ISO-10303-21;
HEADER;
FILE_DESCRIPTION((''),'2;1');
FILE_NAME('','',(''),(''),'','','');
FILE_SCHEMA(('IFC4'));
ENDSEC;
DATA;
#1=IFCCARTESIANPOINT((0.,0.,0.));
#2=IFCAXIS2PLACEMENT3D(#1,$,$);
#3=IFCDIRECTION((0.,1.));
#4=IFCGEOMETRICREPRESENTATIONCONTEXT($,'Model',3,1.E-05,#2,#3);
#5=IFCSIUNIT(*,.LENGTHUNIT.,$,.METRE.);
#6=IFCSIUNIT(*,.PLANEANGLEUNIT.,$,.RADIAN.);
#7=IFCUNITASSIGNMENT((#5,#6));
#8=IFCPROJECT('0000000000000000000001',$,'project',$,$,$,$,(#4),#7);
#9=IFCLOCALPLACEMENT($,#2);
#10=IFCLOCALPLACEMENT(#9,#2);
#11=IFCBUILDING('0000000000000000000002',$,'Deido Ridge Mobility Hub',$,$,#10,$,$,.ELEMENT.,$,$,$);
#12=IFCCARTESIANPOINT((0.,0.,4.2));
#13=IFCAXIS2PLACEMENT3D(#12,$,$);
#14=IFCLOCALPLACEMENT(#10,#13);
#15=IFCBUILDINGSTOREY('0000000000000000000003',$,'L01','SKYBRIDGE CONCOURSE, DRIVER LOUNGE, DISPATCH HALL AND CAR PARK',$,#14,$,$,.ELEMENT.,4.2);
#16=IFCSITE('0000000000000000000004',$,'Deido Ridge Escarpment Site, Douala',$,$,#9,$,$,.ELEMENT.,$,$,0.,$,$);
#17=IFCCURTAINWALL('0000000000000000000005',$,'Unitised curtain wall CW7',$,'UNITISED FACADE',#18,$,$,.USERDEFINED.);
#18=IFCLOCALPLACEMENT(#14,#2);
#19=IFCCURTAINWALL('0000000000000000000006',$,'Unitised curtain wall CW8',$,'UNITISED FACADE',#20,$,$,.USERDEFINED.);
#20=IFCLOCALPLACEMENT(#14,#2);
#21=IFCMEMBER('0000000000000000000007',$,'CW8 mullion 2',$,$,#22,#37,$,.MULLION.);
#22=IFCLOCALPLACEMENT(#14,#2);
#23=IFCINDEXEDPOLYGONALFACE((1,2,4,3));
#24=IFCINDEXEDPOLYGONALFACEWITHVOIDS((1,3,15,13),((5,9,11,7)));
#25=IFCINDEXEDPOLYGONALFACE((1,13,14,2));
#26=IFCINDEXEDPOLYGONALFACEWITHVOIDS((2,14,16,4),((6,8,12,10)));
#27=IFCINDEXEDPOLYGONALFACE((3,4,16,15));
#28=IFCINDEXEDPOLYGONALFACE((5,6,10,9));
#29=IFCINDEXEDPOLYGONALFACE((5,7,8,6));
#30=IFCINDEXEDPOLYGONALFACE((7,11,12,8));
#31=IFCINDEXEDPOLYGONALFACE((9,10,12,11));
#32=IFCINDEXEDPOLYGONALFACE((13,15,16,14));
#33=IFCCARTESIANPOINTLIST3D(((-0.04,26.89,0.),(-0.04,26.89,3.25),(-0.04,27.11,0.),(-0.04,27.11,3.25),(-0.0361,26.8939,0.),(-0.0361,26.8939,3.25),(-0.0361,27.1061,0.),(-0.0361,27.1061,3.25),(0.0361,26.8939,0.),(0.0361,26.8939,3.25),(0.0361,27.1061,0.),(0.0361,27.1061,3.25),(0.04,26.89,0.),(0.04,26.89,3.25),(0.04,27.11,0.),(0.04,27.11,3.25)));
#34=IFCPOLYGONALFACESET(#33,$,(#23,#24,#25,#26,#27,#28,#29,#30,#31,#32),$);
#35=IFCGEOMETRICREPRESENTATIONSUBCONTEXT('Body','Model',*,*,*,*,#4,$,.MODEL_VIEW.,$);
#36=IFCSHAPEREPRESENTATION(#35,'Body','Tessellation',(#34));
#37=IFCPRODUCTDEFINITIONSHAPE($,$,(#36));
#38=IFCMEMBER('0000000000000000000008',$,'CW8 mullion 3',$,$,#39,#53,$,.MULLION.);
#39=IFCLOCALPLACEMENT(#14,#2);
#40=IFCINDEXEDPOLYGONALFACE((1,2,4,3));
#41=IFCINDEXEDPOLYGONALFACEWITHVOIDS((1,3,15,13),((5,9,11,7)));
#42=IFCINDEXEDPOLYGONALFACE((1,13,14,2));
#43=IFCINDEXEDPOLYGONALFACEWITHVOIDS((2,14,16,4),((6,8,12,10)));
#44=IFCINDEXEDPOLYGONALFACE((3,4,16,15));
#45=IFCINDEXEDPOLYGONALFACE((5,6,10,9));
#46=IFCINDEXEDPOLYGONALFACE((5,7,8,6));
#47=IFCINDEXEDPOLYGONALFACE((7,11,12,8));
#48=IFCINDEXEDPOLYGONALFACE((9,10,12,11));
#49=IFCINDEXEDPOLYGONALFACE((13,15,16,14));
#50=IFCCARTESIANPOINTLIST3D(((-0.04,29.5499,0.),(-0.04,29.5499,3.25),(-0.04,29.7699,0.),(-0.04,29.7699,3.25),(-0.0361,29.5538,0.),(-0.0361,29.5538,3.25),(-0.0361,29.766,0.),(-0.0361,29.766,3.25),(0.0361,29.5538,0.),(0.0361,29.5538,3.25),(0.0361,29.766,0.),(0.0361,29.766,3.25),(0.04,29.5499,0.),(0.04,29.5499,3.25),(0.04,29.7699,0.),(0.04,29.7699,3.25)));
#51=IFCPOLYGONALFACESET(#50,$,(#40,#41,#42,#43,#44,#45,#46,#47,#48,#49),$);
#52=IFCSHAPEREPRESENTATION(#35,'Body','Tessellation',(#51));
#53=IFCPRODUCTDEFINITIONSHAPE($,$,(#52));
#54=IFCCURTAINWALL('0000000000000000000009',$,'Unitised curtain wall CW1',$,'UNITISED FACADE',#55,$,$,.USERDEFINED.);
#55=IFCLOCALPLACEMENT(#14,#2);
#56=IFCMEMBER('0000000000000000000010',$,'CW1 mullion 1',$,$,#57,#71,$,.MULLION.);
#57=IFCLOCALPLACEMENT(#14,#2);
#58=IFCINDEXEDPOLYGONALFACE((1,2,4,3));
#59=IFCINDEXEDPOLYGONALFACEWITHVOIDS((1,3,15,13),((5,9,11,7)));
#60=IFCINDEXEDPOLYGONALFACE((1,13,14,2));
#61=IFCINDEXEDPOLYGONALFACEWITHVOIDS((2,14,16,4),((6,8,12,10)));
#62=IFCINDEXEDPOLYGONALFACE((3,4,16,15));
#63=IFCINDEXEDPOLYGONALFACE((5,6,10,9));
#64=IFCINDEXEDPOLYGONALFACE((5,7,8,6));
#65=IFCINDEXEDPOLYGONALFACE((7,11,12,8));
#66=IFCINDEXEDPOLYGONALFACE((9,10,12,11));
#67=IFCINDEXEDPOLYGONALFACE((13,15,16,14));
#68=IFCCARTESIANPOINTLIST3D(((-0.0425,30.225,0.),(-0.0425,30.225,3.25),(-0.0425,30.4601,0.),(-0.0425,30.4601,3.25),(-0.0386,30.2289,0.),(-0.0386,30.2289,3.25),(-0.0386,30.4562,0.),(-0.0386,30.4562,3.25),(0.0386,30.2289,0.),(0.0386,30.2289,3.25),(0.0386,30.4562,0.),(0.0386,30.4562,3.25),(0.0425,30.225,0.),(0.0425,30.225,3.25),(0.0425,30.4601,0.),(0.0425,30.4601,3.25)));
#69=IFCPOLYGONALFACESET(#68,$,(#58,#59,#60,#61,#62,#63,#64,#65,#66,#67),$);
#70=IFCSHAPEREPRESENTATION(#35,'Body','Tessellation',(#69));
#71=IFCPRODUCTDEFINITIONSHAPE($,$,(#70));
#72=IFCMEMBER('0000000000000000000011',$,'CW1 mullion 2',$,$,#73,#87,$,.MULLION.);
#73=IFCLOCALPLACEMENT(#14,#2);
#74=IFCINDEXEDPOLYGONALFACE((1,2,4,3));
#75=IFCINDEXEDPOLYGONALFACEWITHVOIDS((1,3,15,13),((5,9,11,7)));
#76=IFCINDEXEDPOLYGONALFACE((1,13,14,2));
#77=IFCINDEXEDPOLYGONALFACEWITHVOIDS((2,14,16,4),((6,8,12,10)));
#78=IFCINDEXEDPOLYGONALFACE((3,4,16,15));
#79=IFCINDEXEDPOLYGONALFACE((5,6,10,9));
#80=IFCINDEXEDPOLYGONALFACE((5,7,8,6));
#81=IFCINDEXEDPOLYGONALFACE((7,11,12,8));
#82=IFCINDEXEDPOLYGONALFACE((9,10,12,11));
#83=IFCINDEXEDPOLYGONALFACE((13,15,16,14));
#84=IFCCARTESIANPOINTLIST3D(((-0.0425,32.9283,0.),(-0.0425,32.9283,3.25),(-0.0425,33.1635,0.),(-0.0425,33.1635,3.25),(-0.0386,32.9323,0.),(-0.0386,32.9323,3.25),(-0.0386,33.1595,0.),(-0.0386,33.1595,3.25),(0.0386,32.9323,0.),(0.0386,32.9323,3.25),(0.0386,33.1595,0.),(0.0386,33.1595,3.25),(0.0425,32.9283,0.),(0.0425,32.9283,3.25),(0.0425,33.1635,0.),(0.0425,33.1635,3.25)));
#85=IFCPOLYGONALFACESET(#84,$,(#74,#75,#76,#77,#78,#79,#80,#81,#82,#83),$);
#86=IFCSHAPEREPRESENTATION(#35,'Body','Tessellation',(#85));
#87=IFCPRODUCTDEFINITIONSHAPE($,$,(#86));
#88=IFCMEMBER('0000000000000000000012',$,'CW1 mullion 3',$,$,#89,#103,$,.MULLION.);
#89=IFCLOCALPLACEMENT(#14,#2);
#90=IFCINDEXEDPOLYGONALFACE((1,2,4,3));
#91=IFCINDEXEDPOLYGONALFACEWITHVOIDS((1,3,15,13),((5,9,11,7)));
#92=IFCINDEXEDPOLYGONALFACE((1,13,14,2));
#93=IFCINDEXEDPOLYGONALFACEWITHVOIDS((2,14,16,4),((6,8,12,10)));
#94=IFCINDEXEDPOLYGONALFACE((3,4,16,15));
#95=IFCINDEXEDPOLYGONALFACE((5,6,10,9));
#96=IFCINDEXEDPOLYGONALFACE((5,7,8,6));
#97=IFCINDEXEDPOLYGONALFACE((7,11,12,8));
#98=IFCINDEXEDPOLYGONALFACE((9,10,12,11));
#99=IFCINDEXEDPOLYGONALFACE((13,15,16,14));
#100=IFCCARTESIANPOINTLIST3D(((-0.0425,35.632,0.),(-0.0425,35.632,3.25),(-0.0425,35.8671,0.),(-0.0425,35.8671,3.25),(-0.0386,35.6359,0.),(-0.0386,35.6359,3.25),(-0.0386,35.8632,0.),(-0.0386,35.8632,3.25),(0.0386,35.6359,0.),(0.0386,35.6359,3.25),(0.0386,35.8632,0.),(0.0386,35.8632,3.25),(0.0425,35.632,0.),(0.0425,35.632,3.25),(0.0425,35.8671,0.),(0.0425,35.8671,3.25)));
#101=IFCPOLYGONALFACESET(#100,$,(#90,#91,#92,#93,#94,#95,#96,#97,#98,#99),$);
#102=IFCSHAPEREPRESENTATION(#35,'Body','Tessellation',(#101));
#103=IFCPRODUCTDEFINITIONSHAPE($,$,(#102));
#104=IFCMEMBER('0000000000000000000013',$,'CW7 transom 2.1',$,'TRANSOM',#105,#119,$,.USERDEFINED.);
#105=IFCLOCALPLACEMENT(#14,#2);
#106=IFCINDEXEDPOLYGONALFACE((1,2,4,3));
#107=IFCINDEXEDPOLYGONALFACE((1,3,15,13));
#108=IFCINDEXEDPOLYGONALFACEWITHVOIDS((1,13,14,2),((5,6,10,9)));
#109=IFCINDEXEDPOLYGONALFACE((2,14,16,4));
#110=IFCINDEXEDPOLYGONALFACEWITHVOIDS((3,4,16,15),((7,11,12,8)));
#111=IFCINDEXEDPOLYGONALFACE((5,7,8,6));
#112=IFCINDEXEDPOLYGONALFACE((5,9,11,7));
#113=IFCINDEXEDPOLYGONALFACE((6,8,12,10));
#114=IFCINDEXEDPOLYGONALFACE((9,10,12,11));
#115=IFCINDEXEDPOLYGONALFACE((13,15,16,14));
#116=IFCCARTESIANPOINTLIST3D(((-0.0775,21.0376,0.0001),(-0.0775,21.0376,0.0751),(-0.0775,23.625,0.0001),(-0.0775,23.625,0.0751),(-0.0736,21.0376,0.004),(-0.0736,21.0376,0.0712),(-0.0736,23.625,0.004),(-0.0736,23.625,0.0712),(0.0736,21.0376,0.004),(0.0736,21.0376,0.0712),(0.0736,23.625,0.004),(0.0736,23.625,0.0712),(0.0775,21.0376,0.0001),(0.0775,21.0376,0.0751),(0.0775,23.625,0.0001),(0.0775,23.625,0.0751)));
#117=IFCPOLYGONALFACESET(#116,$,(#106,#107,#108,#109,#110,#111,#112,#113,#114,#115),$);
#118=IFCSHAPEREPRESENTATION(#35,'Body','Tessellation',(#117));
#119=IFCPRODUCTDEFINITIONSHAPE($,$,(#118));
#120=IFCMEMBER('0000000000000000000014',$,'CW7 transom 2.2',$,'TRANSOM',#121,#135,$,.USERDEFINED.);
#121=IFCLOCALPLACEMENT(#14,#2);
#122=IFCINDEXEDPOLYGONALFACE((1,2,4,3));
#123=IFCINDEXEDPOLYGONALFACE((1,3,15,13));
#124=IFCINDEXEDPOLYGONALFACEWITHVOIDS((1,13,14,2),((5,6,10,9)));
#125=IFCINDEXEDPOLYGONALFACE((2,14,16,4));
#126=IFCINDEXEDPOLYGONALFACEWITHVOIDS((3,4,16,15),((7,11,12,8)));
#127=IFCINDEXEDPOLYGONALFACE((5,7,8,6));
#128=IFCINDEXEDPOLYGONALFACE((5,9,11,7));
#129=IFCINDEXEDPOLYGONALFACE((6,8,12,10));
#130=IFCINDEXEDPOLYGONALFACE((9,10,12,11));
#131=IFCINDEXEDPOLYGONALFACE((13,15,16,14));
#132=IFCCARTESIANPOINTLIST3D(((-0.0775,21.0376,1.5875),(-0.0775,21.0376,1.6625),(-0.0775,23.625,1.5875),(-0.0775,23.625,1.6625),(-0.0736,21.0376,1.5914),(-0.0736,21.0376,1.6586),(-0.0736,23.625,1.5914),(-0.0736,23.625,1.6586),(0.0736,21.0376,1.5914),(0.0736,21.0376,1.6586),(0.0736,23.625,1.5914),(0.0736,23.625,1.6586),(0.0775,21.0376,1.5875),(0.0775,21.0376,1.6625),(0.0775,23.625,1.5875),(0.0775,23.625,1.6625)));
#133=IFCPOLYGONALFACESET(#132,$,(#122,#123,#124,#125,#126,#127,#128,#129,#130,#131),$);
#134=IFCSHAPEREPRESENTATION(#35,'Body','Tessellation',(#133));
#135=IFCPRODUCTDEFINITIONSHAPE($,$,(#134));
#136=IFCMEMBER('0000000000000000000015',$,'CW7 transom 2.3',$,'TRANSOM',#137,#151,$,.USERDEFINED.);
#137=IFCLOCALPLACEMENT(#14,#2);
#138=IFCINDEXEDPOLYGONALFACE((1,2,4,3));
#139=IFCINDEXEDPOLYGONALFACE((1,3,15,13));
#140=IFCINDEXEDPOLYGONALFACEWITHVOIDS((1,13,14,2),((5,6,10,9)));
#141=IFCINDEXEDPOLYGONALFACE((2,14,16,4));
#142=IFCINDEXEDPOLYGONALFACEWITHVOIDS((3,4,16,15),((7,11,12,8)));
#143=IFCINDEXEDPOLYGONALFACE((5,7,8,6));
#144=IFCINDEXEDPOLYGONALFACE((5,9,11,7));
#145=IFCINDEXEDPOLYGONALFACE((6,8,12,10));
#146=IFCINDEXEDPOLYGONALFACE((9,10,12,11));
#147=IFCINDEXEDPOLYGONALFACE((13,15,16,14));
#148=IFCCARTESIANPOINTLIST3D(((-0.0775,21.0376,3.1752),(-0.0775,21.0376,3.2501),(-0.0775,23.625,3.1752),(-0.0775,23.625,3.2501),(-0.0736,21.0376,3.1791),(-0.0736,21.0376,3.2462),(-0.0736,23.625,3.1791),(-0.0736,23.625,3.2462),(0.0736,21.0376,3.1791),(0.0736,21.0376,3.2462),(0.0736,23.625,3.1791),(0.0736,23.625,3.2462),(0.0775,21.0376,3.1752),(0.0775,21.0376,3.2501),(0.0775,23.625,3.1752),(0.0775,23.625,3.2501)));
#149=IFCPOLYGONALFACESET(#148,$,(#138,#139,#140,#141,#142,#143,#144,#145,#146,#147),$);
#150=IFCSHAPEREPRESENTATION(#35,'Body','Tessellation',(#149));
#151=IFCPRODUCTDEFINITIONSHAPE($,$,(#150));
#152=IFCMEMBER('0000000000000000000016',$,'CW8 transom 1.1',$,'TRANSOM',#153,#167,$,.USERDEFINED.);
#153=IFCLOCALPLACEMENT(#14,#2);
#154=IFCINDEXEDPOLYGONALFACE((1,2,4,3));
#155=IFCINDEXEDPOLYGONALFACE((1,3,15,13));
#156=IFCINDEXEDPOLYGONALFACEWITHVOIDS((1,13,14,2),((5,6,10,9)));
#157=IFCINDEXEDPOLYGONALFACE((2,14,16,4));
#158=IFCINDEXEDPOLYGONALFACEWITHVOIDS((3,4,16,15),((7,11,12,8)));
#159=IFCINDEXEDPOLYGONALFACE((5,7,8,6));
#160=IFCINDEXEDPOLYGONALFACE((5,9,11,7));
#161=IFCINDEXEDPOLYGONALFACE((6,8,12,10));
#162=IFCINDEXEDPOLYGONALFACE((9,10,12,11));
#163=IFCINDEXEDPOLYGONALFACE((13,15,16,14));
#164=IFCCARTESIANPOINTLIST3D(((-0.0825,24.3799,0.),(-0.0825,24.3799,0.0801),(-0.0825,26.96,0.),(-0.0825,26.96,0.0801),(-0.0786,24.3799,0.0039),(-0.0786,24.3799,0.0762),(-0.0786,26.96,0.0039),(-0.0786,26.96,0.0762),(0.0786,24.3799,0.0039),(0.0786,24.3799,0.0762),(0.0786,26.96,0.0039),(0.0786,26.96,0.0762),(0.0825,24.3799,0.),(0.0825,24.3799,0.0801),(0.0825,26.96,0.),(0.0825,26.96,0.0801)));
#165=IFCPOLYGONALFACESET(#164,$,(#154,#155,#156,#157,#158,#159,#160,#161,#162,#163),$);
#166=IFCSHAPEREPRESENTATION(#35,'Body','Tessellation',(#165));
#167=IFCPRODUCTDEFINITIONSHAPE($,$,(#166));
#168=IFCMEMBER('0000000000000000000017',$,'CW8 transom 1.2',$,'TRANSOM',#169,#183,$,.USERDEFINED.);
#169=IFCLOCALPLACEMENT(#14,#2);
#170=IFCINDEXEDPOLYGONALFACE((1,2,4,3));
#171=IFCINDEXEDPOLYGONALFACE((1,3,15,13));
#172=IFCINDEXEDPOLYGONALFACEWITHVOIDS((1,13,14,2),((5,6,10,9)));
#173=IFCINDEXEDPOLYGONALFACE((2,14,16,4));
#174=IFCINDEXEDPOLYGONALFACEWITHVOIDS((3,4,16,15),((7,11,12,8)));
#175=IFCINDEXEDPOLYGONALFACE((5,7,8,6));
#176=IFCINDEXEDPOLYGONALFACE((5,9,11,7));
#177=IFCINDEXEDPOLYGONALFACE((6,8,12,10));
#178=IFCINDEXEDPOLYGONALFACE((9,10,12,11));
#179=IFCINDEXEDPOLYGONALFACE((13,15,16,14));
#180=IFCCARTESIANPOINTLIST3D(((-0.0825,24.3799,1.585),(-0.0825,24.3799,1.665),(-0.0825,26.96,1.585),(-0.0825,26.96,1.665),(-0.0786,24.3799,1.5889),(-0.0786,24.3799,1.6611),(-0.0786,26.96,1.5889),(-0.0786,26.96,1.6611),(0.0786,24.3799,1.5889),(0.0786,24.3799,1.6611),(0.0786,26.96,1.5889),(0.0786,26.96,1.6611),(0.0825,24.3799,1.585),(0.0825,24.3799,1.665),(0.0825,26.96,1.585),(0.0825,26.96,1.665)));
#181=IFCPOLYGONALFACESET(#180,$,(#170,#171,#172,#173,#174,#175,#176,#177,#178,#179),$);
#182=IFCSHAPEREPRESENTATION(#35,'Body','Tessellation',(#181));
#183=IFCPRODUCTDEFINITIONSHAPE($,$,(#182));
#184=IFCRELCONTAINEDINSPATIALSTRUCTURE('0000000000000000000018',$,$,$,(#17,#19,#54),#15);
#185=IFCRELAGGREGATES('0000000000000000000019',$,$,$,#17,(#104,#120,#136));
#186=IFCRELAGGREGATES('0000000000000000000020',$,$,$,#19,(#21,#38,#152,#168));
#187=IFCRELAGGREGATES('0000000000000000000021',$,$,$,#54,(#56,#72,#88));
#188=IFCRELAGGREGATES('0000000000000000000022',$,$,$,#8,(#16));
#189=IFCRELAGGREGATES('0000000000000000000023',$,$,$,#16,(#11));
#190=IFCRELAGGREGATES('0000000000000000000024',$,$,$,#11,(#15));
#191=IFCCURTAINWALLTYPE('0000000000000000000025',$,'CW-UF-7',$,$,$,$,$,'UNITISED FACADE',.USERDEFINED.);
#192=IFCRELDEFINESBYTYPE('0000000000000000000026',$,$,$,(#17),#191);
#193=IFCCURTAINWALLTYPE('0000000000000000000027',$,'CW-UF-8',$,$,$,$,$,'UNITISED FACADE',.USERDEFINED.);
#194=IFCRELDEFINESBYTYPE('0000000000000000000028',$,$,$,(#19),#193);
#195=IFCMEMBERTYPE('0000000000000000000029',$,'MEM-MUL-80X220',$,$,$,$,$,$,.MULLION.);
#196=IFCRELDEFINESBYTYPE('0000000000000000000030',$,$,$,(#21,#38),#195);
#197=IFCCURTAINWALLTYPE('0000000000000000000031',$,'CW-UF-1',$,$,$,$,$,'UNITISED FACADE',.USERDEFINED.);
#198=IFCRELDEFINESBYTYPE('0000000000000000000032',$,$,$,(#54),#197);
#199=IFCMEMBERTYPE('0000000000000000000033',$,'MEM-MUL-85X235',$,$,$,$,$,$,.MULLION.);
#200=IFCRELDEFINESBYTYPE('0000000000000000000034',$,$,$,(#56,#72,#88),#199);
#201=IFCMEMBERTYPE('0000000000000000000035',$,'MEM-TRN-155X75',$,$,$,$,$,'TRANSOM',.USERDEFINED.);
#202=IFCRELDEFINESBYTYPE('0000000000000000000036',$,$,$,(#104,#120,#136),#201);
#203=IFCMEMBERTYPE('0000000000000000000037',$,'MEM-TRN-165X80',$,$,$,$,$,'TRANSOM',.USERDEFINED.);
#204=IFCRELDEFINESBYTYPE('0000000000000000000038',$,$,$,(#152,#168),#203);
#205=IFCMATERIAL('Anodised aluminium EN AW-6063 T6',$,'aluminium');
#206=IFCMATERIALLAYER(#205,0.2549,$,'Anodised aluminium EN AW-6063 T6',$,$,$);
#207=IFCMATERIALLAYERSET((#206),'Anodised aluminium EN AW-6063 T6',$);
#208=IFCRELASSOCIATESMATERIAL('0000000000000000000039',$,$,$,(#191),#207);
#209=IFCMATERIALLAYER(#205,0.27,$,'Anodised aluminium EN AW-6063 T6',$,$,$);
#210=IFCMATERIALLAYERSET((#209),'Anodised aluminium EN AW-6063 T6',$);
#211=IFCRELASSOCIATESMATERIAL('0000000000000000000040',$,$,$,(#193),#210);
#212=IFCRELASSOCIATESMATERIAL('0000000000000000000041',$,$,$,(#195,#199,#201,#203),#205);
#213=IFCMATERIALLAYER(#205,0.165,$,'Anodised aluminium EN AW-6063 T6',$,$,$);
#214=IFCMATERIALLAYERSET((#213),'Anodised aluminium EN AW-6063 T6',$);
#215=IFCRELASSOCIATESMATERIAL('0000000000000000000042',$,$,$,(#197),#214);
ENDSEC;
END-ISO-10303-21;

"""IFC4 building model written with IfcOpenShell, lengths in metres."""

from ifc_helpers import new_model, si_unit, direction, frame, origin, origin_2d, place, context, subcontext, project, spatial, hollow_rectangle, extrude, material, layer, layer_set, material_profile, profile_set, type_object, element, aggregate, save


model = new_model("IFC4")

# Units and contexts
model_context = context("Model", 3, precision=1e-05, world=origin(), true_north=direction((0.0, 1.0)))
body_context = subcontext(model_context, "Body", "Model", "MODEL_VIEW")
ifc_project = project(units=[si_unit("LENGTHUNIT", "METRE"), si_unit("PLANEANGLEUNIT", "RADIAN")], contexts=[model_context])

# Site, building, storey
site_placement = place(None, origin())
site = spatial("IfcSite", under=ifc_project, at=site_placement, Name="Deido Ridge Escarpment Site, Douala", CompositionType="ELEMENT", RefElevation=0.0)
building_placement = place(site_placement, origin())
building = spatial("IfcBuilding", under=site, at=building_placement, Name="Deido Ridge Mobility Hub", CompositionType="ELEMENT")
storey_placement = place(building_placement, frame((0.0, 0.0, 4.2)))
storey = spatial("IfcBuildingStorey", under=building, at=storey_placement, Name="L01", Description="SKYBRIDGE CONCOURSE, DRIVER LOUNGE, DISPATCH HALL AND CAR PARK", CompositionType="ELEMENT", Elevation=4.2)

# Curtain wall
ifc_material_1 = material(Name="Anodised aluminium EN AW-6063 T6", Category="aluminium")
ifc_layer_1 = layer(ifc_material_1, 0.2549, Name="Anodised aluminium EN AW-6063 T6")
ifc_layer_set_1 = layer_set([ifc_layer_1], Name="Anodised aluminium EN AW-6063 T6")
curtain_wall_type_1 = type_object("IfcCurtainWallType", Name="CW-UF-7", ElementType="UNITISED FACADE", PredefinedType="USERDEFINED", material=ifc_layer_set_1)
curtain_wall_1_placement = place(storey_placement, origin())
curtain_wall_1 = element("IfcCurtainWall", 1, at=curtain_wall_1_placement, inside=storey, type_object=curtain_wall_type_1, Name="Unitised curtain wall CW7", ObjectType="UNITISED FACADE", PredefinedType="USERDEFINED")

# Curtain walls, members
ifc_layer_2 = layer(ifc_material_1, 0.27, Name="Anodised aluminium EN AW-6063 T6")
ifc_layer_set_2 = layer_set([ifc_layer_2], Name="Anodised aluminium EN AW-6063 T6")
curtain_wall_type_2 = type_object("IfcCurtainWallType", Name="CW-UF-8", ElementType="UNITISED FACADE", PredefinedType="USERDEFINED", material=ifc_layer_set_2)
curtain_wall_2_placement = place(storey_placement, origin())
curtain_wall_2 = element("IfcCurtainWall", 2, at=curtain_wall_2_placement, inside=storey, type_object=curtain_wall_type_2, Name="Unitised curtain wall CW8", ObjectType="UNITISED FACADE", PredefinedType="USERDEFINED")
ifc_material_profile_1 = material_profile(ifc_material_1, hollow_rectangle(XDim=0.0801, YDim=0.22, WallThickness=0.0039, at=origin_2d()), Name="RHS 80x220x4")
ifc_profile_set_1 = profile_set([ifc_material_profile_1], Name="Anodised aluminium EN AW-6063 T6")
member_type_1 = type_object("IfcMemberType", Name="MEM-MUL-80X220", PredefinedType="MULLION", material=ifc_profile_set_1)
member_1_placement = place(storey_placement, frame((0.0, 27.0, 0.0), z_axis=(0.0, 0.0, 1.0), x_axis=(-1.0, 0.0, 0.0)))
member_1 = element("IfcMember", 3, at=member_1_placement, type_object=member_type_1, Name="CW8 mullion 2", PredefinedType="MULLION", context=body_context, shape_type="SweptSolid", body=[
    extrude(hollow_rectangle(XDim=0.0801, YDim=0.22, WallThickness=0.0039, at=origin_2d()), origin(), (0.0, 0.0, 1.0), 3.25),
])
member_2_placement = place(storey_placement, frame((0.0, 29.6599, 0.0), z_axis=(0.0, 0.0, 1.0), x_axis=(-1.0, 0.0, 0.0)))
member_2 = element("IfcMember", 4, at=member_2_placement, type_object=member_type_1, Name="CW8 mullion 3", PredefinedType="MULLION", context=body_context, shape_type="SweptSolid", body=[
    extrude(hollow_rectangle(XDim=0.0801, YDim=0.22, WallThickness=0.0039, at=origin_2d()), origin(), (0.0, 0.0, 1.0), 3.25),
])
ifc_layer_3 = layer(ifc_material_1, 0.165, Name="Anodised aluminium EN AW-6063 T6")
ifc_layer_set_3 = layer_set([ifc_layer_3], Name="Anodised aluminium EN AW-6063 T6")
curtain_wall_type_3 = type_object("IfcCurtainWallType", Name="CW-UF-1", ElementType="UNITISED FACADE", PredefinedType="USERDEFINED", material=ifc_layer_set_3)
curtain_wall_3_placement = place(storey_placement, origin())
curtain_wall_3 = element("IfcCurtainWall", 5, at=curtain_wall_3_placement, inside=storey, type_object=curtain_wall_type_3, Name="Unitised curtain wall CW1", ObjectType="UNITISED FACADE", PredefinedType="USERDEFINED")
ifc_material_profile_2 = material_profile(ifc_material_1, hollow_rectangle(XDim=0.085, YDim=0.2351, WallThickness=0.0039, at=origin_2d()), Name="RHS 85x235x4")
ifc_profile_set_2 = profile_set([ifc_material_profile_2], Name="Anodised aluminium EN AW-6063 T6")
member_type_2 = type_object("IfcMemberType", Name="MEM-MUL-85X235", PredefinedType="MULLION", material=ifc_profile_set_2)
member_3_placement = place(storey_placement, frame((0.0, 30.3425, 0.0), z_axis=(0.0, 0.0, 1.0), x_axis=(-1.0, 0.0, 0.0)))
member_3 = element("IfcMember", 6, at=member_3_placement, type_object=member_type_2, Name="CW1 mullion 1", PredefinedType="MULLION", context=body_context, shape_type="SweptSolid", body=[
    extrude(hollow_rectangle(XDim=0.085, YDim=0.2351, WallThickness=0.0039, at=origin_2d()), origin(), (0.0, 0.0, 1.0), 3.25),
])
member_4_placement = place(storey_placement, frame((0.0, 33.0459, 0.0), z_axis=(0.0, 0.0, 1.0), x_axis=(-1.0, 0.0, 0.0)))
member_4 = element("IfcMember", 7, at=member_4_placement, type_object=member_type_2, Name="CW1 mullion 2", PredefinedType="MULLION", context=body_context, shape_type="SweptSolid", body=[
    extrude(hollow_rectangle(XDim=0.085, YDim=0.2351, WallThickness=0.0039, at=origin_2d()), origin(), (0.0, 0.0, 1.0), 3.25),
])
member_5_placement = place(storey_placement, frame((0.0, 35.7495, 0.0), z_axis=(0.0, 0.0, 1.0), x_axis=(-1.0, 0.0, 0.0)))
member_5 = element("IfcMember", 8, at=member_5_placement, type_object=member_type_2, Name="CW1 mullion 3", PredefinedType="MULLION", context=body_context, shape_type="SweptSolid", body=[
    extrude(hollow_rectangle(XDim=0.085, YDim=0.2351, WallThickness=0.0039, at=origin_2d()), origin(), (0.0, 0.0, 1.0), 3.25),
])

# Members
ifc_material_profile_3 = material_profile(ifc_material_1, hollow_rectangle(XDim=0.155, YDim=0.075, WallThickness=0.0039, at=origin_2d()), Name="RHS 155x75x4")
ifc_profile_set_3 = profile_set([ifc_material_profile_3], Name="Anodised aluminium EN AW-6063 T6")
member_type_3 = type_object("IfcMemberType", Name="MEM-TRN-155X75", ElementType="TRANSOM", PredefinedType="USERDEFINED", material=ifc_profile_set_3)
member_6_placement = place(storey_placement, frame((0.0, 21.0376, 0.0376), z_axis=(0.0, 1.0, 0.0), x_axis=(-1.0, 0.0, 0.0)))
member_6 = element("IfcMember", 9, at=member_6_placement, type_object=member_type_3, Name="CW7 transom 2.1", ObjectType="TRANSOM", PredefinedType="USERDEFINED", context=body_context, shape_type="SweptSolid", body=[
    extrude(hollow_rectangle(XDim=0.155, YDim=0.075, WallThickness=0.0039, at=origin_2d()), origin(), (0.0, 0.0, 1.0), 2.5874),
])
member_7_placement = place(storey_placement, frame((0.0, 21.0376, 1.625), z_axis=(0.0, 1.0, 0.0), x_axis=(-1.0, 0.0, 0.0)))
member_7 = element("IfcMember", 10, at=member_7_placement, type_object=member_type_3, Name="CW7 transom 2.2", ObjectType="TRANSOM", PredefinedType="USERDEFINED", context=body_context, shape_type="SweptSolid", body=[
    extrude(hollow_rectangle(XDim=0.155, YDim=0.075, WallThickness=0.0039, at=origin_2d()), origin(), (0.0, 0.0, 1.0), 2.5874),
])
member_8_placement = place(storey_placement, frame((0.0, 21.0376, 3.2126), z_axis=(0.0, 1.0, 0.0), x_axis=(-1.0, 0.0, 0.0)))
member_8 = element("IfcMember", 11, at=member_8_placement, type_object=member_type_3, Name="CW7 transom 2.3", ObjectType="TRANSOM", PredefinedType="USERDEFINED", context=body_context, shape_type="SweptSolid", body=[
    extrude(hollow_rectangle(XDim=0.155, YDim=0.075, WallThickness=0.0039, at=origin_2d()), origin(), (0.0, 0.0, 1.0), 2.5874),
])
ifc_material_profile_4 = material_profile(ifc_material_1, hollow_rectangle(XDim=0.165, YDim=0.0801, WallThickness=0.0039, at=origin_2d()), Name="RHS 165x80x4")
ifc_profile_set_4 = profile_set([ifc_material_profile_4], Name="Anodised aluminium EN AW-6063 T6")
member_type_4 = type_object("IfcMemberType", Name="MEM-TRN-165X80", ElementType="TRANSOM", PredefinedType="USERDEFINED", material=ifc_profile_set_4)
member_9_placement = place(storey_placement, frame((0.0, 24.3799, 0.04), z_axis=(0.0, 1.0, 0.0), x_axis=(-1.0, 0.0, 0.0)))
member_9 = element("IfcMember", 12, at=member_9_placement, type_object=member_type_4, Name="CW8 transom 1.1", ObjectType="TRANSOM", PredefinedType="USERDEFINED", context=body_context, shape_type="SweptSolid", body=[
    extrude(hollow_rectangle(XDim=0.165, YDim=0.0801, WallThickness=0.0039, at=origin_2d()), origin(), (0.0, 0.0, 1.0), 2.5801),
])
member_10_placement = place(storey_placement, frame((0.0, 24.3799, 1.625), z_axis=(0.0, 1.0, 0.0), x_axis=(-1.0, 0.0, 0.0)))
member_10 = element("IfcMember", 13, at=member_10_placement, type_object=member_type_4, Name="CW8 transom 1.2", ObjectType="TRANSOM", PredefinedType="USERDEFINED", context=body_context, shape_type="SweptSolid", body=[
    extrude(hollow_rectangle(XDim=0.165, YDim=0.0801, WallThickness=0.0039, at=origin_2d()), origin(), (0.0, 0.0, 1.0), 2.5801),
])

aggregate(curtain_wall_1, [member_6, member_7, member_8])
aggregate(curtain_wall_2, [member_1, member_2, member_9, member_10])
aggregate(curtain_wall_3, [member_3, member_4, member_5])

save(model, "model.ifc")
